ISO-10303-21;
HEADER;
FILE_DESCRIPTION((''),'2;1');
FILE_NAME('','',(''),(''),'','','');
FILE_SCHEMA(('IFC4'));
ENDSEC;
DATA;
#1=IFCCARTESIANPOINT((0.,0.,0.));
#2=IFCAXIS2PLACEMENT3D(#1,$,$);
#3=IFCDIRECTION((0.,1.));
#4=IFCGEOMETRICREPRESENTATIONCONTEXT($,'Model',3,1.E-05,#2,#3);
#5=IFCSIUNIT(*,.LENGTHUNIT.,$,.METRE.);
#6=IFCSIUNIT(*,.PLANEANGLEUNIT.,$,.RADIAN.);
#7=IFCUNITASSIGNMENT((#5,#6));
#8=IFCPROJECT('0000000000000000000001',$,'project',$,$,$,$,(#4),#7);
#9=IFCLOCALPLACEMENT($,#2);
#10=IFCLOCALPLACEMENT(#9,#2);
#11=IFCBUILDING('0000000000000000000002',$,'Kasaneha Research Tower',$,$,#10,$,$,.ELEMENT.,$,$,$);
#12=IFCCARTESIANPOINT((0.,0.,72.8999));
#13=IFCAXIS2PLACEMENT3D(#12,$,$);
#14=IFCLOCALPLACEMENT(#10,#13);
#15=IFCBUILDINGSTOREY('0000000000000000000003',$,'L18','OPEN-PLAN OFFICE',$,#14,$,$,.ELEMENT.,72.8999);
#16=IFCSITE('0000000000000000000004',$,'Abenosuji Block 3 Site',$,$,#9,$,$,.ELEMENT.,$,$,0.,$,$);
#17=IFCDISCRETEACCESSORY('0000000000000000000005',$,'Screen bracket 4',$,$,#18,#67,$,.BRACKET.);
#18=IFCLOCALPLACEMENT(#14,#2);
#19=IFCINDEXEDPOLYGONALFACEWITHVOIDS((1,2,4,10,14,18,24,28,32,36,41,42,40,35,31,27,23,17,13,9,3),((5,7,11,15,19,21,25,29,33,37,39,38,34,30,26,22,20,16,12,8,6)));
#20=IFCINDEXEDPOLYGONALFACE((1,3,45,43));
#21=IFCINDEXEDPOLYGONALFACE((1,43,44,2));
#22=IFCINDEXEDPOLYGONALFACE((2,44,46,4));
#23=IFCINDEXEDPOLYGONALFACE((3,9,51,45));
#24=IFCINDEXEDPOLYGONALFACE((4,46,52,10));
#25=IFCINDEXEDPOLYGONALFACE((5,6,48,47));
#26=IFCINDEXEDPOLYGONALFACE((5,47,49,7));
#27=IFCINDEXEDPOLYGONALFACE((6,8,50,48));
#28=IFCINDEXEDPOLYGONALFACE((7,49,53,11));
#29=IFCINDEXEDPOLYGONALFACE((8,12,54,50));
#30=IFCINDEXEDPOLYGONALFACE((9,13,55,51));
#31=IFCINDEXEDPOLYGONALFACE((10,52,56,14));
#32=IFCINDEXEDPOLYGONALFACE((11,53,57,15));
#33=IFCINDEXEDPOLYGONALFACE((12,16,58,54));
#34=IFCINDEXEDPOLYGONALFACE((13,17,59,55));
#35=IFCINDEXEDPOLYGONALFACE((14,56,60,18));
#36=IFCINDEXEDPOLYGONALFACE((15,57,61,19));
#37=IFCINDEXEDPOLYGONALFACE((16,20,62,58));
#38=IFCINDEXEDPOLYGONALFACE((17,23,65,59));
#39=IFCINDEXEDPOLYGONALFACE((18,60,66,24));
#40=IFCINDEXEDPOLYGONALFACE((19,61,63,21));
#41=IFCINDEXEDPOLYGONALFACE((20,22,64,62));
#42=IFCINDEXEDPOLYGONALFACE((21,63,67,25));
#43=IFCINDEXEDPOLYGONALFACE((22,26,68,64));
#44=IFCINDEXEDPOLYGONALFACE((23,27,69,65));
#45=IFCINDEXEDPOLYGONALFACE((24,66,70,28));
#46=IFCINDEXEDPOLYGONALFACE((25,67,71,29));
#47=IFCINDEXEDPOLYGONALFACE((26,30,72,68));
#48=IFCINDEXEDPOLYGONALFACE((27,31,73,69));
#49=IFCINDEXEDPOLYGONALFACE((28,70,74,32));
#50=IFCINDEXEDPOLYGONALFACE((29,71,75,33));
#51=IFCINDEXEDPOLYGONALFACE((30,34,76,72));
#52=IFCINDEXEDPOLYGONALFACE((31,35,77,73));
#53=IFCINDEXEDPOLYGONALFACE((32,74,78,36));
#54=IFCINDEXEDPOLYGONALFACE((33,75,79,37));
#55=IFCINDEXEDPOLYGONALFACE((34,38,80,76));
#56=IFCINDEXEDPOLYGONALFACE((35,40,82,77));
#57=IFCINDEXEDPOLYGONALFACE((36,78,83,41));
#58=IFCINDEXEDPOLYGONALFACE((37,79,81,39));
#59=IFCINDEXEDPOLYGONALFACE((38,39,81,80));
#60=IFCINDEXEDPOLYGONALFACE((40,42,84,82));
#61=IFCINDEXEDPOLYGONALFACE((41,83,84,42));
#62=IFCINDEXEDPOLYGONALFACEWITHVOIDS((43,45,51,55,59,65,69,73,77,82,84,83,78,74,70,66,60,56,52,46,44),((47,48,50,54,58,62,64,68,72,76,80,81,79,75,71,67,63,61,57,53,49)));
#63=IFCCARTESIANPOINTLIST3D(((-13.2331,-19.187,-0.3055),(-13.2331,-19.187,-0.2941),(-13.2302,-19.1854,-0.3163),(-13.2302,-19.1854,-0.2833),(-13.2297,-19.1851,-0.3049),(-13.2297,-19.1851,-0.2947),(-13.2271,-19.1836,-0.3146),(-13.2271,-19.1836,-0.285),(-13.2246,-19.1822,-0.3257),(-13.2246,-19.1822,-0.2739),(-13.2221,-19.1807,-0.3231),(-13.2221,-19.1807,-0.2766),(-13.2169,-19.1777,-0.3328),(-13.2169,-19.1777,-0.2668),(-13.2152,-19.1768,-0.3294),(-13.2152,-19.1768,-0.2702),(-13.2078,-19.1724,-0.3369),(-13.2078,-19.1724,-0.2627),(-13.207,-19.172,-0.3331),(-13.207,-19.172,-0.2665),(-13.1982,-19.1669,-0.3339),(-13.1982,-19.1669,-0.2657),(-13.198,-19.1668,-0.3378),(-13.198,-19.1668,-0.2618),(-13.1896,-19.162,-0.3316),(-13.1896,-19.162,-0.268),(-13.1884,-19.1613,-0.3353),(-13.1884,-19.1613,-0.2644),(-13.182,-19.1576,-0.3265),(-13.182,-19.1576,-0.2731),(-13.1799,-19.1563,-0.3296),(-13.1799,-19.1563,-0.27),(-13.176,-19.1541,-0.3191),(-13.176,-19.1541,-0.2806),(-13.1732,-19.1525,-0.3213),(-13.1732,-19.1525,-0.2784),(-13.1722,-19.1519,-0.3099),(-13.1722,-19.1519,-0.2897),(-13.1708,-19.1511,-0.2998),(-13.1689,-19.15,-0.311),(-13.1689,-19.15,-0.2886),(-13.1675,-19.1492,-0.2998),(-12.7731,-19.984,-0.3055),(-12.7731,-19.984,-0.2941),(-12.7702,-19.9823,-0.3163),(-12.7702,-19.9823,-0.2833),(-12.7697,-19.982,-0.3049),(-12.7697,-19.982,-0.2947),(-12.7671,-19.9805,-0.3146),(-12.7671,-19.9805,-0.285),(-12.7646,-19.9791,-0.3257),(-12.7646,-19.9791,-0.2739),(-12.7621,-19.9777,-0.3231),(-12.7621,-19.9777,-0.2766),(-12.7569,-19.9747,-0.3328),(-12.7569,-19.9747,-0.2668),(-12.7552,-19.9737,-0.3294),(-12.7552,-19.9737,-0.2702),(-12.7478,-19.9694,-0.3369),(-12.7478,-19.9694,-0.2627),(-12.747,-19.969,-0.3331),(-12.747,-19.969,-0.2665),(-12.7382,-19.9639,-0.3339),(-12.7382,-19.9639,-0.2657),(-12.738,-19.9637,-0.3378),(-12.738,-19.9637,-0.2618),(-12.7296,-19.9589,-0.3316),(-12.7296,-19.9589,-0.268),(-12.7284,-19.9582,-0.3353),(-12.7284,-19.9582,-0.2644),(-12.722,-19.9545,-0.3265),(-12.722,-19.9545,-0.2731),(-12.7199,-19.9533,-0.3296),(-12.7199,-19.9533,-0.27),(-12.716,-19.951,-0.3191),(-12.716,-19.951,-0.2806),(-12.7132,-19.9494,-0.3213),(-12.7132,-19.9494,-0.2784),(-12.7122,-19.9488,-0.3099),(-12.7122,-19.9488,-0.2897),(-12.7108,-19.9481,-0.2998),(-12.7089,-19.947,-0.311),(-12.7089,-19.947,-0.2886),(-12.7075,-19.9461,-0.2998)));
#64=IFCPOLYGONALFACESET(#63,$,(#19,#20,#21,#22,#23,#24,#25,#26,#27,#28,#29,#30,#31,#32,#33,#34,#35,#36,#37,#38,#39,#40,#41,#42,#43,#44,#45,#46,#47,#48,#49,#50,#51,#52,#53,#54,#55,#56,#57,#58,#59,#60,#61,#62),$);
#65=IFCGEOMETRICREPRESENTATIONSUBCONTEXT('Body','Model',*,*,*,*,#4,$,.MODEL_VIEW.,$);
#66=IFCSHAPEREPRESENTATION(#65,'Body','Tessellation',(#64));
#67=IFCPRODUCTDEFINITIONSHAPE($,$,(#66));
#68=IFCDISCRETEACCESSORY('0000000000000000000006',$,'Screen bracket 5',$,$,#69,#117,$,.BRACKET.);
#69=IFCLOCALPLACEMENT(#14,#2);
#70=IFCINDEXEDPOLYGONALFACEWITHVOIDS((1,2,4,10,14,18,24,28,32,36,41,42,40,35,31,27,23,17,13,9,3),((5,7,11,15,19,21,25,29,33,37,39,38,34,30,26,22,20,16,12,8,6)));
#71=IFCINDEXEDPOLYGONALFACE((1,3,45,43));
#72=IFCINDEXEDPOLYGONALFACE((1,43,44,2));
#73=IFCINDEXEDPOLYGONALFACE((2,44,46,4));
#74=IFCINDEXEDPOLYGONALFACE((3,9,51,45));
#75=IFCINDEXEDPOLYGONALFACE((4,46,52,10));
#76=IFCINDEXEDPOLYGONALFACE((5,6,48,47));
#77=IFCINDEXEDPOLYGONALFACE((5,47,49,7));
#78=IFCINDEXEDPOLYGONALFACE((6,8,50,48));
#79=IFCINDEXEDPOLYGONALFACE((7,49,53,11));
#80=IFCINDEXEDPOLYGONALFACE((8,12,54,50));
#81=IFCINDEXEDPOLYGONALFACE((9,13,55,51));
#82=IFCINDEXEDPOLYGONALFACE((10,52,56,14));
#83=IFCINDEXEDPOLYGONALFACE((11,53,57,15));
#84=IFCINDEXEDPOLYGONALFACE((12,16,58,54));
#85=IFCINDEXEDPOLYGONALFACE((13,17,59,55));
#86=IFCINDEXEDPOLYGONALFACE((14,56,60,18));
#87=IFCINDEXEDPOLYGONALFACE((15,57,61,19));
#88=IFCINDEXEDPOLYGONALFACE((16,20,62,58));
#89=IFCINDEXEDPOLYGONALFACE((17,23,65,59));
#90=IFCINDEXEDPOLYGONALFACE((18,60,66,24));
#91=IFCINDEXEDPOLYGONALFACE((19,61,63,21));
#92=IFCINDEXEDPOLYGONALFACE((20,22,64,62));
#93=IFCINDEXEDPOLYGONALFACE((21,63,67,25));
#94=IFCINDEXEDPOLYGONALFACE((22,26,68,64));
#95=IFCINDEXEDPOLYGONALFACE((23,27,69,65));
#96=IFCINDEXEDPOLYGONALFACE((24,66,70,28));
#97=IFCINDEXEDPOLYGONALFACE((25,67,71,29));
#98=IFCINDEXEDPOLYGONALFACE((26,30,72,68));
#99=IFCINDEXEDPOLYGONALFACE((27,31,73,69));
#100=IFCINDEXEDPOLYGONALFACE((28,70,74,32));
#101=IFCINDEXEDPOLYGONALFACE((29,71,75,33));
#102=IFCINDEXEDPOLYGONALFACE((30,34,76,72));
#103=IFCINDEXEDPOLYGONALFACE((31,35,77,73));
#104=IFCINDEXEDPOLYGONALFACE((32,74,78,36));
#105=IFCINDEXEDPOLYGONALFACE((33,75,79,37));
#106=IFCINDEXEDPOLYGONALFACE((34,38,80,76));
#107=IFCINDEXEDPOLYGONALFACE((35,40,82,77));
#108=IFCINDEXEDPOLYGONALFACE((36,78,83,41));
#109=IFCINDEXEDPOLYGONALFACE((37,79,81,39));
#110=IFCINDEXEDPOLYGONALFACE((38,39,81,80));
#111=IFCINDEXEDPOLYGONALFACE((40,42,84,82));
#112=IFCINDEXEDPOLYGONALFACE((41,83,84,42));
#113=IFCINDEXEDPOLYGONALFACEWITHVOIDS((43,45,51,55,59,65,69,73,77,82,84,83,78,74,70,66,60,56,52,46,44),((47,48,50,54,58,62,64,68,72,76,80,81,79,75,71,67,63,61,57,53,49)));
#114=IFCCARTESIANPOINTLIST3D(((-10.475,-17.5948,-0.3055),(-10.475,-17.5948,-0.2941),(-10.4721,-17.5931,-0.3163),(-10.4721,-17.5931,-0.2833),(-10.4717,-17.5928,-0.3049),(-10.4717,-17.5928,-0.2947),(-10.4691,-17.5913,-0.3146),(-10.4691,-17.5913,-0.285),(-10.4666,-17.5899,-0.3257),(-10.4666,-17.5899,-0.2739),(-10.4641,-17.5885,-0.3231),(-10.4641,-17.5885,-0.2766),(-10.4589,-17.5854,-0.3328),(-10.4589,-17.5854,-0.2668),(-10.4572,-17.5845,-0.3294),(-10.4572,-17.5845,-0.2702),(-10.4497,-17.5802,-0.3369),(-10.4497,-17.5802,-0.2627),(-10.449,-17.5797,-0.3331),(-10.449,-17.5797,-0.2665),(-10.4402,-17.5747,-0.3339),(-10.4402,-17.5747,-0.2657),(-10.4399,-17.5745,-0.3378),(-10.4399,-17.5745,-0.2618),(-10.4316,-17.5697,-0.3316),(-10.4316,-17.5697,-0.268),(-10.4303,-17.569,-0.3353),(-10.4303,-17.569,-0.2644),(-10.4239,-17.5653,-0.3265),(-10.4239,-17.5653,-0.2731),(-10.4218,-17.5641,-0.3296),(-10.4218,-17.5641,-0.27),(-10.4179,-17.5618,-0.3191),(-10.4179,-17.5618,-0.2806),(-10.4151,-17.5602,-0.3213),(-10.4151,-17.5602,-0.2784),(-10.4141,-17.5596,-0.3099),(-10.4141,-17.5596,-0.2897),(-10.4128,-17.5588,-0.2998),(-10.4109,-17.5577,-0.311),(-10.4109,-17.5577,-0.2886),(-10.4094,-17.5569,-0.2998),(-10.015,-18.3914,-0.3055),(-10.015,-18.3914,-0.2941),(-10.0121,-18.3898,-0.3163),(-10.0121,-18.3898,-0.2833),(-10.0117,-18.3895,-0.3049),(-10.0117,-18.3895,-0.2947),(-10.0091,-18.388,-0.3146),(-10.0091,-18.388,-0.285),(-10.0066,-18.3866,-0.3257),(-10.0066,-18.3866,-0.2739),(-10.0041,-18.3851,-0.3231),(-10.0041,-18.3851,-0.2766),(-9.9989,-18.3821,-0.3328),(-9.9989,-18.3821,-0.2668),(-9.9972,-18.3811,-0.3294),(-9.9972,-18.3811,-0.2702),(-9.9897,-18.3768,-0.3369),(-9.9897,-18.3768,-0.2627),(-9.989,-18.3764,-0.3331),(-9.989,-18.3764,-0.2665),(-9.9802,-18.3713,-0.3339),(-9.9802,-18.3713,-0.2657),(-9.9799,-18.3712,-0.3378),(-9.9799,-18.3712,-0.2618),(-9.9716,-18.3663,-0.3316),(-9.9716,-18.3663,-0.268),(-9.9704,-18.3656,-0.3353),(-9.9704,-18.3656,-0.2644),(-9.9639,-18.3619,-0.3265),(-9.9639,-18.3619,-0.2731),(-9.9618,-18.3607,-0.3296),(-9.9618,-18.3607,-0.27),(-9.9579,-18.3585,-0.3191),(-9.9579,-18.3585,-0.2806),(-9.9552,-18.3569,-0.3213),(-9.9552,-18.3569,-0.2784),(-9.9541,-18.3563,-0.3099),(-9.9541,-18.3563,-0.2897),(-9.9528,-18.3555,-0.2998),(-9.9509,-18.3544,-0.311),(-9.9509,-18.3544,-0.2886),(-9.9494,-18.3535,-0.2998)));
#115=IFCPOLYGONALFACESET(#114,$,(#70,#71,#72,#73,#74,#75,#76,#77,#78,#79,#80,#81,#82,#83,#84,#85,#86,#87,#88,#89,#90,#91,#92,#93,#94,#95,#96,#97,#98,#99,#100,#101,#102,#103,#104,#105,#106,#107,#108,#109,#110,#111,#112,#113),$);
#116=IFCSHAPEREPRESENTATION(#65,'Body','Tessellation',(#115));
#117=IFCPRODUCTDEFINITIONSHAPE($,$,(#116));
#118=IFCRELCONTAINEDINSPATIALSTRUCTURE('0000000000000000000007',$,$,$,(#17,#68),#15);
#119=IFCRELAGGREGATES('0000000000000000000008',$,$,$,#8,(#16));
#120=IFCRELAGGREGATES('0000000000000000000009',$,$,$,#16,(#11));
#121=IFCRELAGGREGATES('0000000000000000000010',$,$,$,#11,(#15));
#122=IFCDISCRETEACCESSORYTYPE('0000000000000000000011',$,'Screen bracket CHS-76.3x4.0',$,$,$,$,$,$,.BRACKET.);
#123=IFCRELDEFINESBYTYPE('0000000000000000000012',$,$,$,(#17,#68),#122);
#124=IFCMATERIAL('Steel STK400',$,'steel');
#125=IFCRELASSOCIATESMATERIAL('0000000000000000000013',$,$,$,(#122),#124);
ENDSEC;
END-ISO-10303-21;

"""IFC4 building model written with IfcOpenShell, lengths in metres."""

from ifc_helpers import new_model, si_unit, direction, frame, origin, origin_2d, place, context, subcontext, project, spatial, hollow_circle, extrude, material, material_profile, profile_set, type_object, element, save


model = new_model("IFC4")

# Units and contexts
model_context = context("Model", 3, precision=1e-05, world=origin(), true_north=direction((0.0, 1.0)))
body_context = subcontext(model_context, "Body", "Model", "MODEL_VIEW")
ifc_project = project(units=[si_unit("LENGTHUNIT", "METRE"), si_unit("PLANEANGLEUNIT", "RADIAN")], contexts=[model_context])

# Site, building, storey
site_placement = place(None, origin())
site = spatial("IfcSite", under=ifc_project, at=site_placement, Name="Abenosuji Block 3 Site", CompositionType="ELEMENT", RefElevation=0.0)
building_placement = place(site_placement, origin())
building = spatial("IfcBuilding", under=site, at=building_placement, Name="Kasaneha Research Tower", CompositionType="ELEMENT")
storey_placement = place(building_placement, frame((0.0, 0.0, 72.8999)))
storey = spatial("IfcBuildingStorey", under=building, at=storey_placement, Name="L18", Description="OPEN-PLAN OFFICE", CompositionType="ELEMENT", Elevation=72.8999)

# Discrete accessories
ifc_material_1 = material(Name="Steel STK400", Category="steel")
ifc_material_profile_1 = material_profile(ifc_material_1, hollow_circle(Radius=0.0381, WallThickness=0.0039, at=origin_2d()), Name="CHS-76.3x4.0")
ifc_profile_set_1 = profile_set([ifc_material_profile_1], Name="Steel STK400")
discrete_accessory_type = type_object("IfcDiscreteAccessoryType", Name="Screen bracket CHS-76.3x4.0", PredefinedType="BRACKET", material=ifc_profile_set_1)
discrete_accessory_1_placement = place(storey_placement, frame((-13.2004, -19.1682, -0.2998), z_axis=(0.499906, -0.86608, 0.0), x_axis=(0.86608, 0.499906, 0.0)))
element("IfcDiscreteAccessory", 1, at=discrete_accessory_1_placement, inside=storey, type_object=discrete_accessory_type, Name="Screen bracket 4", PredefinedType="BRACKET", context=body_context, shape_type="SweptSolid", body=[
    extrude(hollow_circle(Radius=0.0381, WallThickness=0.0039, at=origin_2d()), origin(), (0.0, 0.0, 1.0), 0.9202),
])
discrete_accessory_2_placement = place(storey_placement, frame((-10.4424, -17.5759, -0.2998), z_axis=(0.500021, -0.866013, 0.0), x_axis=(0.866013, 0.500021, 0.0)))
element("IfcDiscreteAccessory", 2, at=discrete_accessory_2_placement, inside=storey, type_object=discrete_accessory_type, Name="Screen bracket 5", PredefinedType="BRACKET", context=body_context, shape_type="SweptSolid", body=[
    extrude(hollow_circle(Radius=0.0381, WallThickness=0.0039, at=origin_2d()), origin(), (0.0, 0.0, 1.0), 0.9199),
])

save(model, "model.ifc")
